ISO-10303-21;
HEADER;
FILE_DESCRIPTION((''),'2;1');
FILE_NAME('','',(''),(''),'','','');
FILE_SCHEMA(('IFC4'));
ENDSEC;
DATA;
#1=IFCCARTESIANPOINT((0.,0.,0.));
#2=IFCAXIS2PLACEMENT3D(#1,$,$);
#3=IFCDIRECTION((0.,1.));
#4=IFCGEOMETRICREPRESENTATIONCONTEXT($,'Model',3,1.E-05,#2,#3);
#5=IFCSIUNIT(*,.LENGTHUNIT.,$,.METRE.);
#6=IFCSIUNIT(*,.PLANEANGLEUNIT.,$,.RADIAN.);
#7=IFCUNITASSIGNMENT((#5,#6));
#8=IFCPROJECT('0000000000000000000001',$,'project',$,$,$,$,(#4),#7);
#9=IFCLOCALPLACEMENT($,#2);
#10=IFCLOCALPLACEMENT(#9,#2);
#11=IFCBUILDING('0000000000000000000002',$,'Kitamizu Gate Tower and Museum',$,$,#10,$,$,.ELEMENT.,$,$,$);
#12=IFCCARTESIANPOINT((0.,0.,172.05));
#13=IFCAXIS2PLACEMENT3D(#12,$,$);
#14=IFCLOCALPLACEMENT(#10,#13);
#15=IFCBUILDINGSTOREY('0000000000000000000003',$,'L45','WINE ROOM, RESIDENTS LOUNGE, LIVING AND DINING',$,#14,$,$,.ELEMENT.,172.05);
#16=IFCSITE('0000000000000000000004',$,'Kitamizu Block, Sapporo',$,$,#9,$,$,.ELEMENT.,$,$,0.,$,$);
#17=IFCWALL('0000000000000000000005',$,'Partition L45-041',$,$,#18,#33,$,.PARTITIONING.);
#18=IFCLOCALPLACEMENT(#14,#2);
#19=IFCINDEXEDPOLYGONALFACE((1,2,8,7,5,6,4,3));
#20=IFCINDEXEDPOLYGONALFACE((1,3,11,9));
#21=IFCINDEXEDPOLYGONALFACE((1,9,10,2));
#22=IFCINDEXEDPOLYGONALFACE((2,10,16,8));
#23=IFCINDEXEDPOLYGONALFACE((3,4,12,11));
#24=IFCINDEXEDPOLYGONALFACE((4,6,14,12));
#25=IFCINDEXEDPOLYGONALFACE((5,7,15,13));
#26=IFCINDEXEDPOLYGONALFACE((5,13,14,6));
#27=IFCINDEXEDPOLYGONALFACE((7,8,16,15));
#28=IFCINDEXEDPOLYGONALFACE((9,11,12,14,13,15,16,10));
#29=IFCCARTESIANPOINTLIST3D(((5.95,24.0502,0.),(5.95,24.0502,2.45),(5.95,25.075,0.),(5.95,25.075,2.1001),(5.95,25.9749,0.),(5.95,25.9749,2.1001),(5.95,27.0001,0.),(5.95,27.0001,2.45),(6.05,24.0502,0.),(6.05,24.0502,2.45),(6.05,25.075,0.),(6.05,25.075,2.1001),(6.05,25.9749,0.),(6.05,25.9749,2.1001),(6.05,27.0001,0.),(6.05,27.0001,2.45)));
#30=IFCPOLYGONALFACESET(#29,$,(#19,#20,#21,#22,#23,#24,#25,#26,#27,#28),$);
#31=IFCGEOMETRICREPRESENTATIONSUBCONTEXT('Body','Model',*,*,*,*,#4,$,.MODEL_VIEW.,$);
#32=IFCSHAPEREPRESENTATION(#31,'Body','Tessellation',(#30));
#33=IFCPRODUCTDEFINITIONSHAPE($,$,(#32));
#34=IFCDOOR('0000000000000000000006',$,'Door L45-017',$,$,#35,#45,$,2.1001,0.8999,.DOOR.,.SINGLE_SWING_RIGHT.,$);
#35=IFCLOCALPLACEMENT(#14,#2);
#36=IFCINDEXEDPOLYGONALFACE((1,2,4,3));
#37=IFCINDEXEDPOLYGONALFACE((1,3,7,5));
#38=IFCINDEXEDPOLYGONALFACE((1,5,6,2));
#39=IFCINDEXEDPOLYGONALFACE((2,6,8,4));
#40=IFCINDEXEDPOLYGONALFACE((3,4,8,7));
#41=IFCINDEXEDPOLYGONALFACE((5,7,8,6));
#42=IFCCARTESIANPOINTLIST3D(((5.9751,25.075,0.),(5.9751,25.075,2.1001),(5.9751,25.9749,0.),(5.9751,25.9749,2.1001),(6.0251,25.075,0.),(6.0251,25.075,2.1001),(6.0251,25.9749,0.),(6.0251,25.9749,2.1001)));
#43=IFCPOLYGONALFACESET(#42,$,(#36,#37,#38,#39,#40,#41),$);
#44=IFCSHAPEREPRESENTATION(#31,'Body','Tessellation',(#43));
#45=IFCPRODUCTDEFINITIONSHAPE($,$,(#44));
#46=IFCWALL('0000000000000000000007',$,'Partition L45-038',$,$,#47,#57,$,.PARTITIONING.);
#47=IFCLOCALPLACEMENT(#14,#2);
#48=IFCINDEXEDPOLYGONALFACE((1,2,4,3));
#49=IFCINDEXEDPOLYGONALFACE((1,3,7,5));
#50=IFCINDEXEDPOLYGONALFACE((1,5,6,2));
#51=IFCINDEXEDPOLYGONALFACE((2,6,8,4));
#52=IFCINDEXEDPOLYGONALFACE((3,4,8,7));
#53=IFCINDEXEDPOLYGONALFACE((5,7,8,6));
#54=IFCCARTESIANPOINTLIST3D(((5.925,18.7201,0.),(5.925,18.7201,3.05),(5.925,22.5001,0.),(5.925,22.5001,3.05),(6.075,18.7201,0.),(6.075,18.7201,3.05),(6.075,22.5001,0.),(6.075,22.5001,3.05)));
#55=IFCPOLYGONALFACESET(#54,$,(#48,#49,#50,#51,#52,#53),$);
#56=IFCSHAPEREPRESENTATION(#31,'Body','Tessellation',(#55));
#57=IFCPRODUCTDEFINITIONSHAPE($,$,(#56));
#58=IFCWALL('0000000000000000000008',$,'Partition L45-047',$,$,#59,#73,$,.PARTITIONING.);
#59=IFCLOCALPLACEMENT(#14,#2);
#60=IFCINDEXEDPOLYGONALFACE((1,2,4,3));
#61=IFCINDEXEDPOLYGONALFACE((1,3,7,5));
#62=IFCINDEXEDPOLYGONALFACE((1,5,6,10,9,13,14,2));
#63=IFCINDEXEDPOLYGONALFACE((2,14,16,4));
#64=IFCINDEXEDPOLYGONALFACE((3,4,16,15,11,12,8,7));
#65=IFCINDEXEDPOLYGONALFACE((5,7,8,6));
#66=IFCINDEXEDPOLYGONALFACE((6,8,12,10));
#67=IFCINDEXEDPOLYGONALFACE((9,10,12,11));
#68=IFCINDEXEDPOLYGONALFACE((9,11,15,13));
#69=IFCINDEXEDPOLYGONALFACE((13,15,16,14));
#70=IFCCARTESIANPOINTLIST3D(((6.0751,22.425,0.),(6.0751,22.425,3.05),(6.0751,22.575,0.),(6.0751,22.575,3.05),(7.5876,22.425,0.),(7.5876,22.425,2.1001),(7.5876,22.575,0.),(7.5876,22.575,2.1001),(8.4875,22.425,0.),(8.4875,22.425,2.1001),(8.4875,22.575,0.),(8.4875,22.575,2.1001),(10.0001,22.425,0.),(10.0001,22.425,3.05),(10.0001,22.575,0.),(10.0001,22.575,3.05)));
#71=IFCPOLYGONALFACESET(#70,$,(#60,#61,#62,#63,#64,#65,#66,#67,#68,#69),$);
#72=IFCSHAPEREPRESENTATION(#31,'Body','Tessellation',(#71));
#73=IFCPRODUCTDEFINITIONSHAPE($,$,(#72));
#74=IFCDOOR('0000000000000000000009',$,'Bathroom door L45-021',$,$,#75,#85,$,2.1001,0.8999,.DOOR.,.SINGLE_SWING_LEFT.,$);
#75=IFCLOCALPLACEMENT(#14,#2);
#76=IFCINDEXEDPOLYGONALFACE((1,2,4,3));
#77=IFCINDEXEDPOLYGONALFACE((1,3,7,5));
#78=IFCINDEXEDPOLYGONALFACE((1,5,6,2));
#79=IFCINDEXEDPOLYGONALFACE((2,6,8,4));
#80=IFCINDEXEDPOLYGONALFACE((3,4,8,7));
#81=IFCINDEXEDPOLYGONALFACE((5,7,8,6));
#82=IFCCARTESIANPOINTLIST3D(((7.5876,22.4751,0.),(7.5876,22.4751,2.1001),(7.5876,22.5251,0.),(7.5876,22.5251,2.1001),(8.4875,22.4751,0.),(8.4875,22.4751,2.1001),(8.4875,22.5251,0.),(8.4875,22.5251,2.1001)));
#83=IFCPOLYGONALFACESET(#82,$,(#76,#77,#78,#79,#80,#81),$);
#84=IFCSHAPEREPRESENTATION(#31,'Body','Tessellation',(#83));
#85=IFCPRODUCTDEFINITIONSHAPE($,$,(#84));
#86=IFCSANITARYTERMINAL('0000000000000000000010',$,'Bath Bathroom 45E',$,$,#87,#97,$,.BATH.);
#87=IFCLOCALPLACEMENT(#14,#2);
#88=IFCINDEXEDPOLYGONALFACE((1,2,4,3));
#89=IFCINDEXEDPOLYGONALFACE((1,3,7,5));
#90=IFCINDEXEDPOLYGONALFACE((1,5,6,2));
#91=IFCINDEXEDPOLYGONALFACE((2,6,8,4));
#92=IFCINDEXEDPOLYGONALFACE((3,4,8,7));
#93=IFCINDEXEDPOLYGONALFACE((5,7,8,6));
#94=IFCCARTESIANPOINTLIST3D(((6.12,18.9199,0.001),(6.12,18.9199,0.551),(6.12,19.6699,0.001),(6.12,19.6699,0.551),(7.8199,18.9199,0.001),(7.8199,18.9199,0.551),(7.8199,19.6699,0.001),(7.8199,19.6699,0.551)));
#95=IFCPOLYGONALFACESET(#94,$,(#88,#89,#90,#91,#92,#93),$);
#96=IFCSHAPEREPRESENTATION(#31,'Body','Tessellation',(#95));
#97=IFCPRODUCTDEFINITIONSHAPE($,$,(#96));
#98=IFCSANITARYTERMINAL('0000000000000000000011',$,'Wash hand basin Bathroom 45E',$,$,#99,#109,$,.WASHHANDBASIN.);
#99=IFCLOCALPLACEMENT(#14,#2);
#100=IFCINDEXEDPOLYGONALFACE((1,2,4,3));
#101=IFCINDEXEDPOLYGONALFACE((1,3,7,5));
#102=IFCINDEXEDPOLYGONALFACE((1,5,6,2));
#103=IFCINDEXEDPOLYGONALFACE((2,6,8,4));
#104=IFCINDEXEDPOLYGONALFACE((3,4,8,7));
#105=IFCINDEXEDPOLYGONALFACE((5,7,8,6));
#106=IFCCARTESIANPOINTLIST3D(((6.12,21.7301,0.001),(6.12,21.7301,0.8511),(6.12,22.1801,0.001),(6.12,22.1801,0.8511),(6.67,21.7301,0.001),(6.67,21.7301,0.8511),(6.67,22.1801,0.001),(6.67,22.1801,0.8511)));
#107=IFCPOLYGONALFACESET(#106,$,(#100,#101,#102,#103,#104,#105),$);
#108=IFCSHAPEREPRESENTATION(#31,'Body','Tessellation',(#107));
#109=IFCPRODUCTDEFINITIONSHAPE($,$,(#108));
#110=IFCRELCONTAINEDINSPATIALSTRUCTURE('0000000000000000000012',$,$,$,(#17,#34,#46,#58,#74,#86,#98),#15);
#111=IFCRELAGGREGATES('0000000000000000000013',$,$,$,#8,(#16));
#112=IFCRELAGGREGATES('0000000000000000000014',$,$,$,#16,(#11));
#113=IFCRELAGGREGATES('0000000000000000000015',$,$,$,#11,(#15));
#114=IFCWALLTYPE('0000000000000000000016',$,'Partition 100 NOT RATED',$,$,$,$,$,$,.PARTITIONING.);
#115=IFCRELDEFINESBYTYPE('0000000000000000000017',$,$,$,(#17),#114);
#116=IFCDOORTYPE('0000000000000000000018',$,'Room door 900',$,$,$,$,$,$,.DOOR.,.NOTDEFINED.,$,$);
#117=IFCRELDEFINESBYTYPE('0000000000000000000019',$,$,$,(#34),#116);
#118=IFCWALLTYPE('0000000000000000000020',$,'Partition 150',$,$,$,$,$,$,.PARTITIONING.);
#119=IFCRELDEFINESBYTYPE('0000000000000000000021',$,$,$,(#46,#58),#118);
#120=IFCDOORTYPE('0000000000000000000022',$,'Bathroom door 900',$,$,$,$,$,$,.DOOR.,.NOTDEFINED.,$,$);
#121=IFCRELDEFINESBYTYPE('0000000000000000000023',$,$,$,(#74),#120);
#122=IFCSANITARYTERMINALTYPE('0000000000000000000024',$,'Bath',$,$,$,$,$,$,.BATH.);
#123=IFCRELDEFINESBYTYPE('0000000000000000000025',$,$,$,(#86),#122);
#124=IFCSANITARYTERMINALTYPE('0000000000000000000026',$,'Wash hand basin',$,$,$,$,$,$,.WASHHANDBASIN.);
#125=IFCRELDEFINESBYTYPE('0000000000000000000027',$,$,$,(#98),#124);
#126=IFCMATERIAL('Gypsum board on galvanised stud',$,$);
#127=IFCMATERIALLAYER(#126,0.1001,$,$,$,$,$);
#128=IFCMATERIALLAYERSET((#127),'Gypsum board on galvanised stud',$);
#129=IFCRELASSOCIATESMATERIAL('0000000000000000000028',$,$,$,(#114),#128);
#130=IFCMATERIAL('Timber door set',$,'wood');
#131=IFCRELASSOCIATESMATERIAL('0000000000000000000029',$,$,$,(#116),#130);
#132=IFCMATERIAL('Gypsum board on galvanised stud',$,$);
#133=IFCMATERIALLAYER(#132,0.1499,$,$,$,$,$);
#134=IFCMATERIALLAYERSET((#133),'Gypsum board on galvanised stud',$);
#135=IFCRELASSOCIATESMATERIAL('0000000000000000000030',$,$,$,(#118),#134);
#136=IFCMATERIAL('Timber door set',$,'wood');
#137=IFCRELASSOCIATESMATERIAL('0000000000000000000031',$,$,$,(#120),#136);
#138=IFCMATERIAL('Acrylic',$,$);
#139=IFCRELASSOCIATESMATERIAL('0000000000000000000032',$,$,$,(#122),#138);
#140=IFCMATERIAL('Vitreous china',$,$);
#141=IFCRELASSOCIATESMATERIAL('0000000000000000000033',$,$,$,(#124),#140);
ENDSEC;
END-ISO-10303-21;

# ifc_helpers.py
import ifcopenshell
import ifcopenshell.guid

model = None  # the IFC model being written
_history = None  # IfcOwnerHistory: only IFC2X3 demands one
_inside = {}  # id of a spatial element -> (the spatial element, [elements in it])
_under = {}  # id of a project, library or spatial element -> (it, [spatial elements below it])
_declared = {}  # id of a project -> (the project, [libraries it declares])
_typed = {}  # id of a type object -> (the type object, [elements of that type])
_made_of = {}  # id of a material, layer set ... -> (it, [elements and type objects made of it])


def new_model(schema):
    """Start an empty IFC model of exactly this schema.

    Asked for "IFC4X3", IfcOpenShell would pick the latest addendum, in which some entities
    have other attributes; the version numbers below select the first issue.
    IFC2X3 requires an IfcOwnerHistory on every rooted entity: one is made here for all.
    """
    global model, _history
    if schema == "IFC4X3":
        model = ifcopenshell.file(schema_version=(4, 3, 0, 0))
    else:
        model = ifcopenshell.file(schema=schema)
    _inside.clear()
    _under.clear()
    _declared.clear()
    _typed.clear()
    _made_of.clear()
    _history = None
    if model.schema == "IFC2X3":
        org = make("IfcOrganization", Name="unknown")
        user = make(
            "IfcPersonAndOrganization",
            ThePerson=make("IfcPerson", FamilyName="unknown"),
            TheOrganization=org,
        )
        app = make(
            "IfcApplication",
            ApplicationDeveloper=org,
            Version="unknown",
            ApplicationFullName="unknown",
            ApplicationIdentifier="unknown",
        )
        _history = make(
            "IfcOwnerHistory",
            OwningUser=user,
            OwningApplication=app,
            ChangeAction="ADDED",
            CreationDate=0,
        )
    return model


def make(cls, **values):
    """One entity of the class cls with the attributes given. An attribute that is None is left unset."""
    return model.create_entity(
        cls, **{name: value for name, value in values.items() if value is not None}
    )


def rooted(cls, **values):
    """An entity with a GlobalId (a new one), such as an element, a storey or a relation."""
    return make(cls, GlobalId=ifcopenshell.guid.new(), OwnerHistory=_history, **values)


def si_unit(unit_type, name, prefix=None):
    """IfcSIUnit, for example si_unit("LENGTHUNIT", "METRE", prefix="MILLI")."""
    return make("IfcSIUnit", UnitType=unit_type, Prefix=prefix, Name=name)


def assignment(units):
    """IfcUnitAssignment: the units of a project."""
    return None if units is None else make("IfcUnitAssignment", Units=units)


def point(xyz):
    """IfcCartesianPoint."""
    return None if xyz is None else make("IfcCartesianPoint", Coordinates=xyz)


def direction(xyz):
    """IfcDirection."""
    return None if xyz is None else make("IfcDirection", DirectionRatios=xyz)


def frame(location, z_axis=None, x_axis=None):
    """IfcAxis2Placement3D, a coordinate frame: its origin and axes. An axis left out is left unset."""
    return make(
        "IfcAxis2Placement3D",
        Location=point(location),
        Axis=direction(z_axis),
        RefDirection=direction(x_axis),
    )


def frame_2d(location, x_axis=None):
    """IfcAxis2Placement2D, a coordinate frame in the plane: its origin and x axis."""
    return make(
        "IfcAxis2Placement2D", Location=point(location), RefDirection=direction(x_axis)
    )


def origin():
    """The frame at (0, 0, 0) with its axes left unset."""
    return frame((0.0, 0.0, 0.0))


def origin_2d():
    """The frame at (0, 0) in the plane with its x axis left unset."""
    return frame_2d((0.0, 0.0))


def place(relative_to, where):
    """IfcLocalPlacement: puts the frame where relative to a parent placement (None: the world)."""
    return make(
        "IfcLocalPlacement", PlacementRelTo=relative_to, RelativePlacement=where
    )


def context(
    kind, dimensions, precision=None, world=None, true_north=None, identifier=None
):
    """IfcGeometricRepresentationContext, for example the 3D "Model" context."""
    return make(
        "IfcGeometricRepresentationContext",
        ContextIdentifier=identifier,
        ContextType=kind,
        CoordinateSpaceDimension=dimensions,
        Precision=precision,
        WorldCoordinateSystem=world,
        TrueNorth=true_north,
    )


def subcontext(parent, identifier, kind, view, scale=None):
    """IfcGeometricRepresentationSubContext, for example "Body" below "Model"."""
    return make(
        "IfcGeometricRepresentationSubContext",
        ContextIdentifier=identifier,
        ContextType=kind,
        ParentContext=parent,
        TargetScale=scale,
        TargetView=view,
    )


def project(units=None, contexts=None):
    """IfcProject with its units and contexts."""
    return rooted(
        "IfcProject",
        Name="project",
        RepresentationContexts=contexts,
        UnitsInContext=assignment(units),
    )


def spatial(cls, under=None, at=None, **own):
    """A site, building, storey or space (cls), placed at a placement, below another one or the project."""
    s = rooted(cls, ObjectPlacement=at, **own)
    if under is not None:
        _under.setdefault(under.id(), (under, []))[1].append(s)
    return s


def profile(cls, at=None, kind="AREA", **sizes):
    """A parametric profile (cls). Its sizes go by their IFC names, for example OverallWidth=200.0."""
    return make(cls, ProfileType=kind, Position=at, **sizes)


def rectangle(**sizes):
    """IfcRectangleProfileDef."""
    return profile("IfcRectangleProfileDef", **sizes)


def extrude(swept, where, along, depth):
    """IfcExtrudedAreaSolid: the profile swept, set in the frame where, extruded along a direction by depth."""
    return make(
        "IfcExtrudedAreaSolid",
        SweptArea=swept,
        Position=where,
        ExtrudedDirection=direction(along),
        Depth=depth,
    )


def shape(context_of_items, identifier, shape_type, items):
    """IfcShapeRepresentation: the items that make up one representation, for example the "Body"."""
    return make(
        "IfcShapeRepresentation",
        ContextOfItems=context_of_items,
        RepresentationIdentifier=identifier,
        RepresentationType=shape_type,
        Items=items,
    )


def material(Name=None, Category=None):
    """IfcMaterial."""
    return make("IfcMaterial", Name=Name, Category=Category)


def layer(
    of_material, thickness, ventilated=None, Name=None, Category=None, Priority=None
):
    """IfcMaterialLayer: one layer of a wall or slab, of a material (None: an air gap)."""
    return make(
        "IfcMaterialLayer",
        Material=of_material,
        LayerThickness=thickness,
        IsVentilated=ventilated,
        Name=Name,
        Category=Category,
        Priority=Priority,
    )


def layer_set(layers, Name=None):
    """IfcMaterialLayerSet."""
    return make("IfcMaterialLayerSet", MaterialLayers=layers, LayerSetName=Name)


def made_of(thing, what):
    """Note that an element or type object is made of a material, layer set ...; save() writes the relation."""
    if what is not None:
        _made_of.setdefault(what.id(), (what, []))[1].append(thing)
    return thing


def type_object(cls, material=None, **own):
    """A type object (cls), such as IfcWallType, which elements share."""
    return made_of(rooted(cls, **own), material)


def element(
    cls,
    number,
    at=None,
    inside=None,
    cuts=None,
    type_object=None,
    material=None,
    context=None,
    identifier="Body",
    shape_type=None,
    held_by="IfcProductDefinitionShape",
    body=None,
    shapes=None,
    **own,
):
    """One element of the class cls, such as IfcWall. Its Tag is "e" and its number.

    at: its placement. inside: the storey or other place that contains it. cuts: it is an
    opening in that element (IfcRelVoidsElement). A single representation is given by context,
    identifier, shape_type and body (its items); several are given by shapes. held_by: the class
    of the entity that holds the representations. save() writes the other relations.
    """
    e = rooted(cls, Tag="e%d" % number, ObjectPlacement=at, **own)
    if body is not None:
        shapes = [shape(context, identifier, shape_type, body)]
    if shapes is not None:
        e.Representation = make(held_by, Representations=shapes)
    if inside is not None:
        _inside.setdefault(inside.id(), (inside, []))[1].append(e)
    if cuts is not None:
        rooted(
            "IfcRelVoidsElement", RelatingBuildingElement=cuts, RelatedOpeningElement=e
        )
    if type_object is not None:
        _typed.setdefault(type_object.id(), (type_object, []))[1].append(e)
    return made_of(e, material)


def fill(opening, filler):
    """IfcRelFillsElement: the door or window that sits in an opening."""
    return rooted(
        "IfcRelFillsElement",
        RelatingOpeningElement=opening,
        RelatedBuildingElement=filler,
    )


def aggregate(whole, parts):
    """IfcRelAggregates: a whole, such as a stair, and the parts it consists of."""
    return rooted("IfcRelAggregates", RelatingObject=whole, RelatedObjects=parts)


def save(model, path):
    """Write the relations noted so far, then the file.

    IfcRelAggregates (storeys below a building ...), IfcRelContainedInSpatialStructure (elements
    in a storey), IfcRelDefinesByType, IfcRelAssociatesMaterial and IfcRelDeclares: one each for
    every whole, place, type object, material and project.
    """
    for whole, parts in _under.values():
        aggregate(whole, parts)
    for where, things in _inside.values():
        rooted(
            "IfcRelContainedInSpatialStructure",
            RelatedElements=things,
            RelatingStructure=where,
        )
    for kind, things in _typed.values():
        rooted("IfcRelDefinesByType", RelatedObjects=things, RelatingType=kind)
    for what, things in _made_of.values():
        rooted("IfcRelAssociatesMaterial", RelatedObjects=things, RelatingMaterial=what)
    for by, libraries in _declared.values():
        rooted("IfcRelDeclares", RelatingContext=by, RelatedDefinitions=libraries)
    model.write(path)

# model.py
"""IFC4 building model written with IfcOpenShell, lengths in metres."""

from ifc_helpers import new_model, si_unit, direction, frame, frame_2d, origin, origin_2d, place, context, subcontext, project, spatial, rectangle, extrude, material, layer, layer_set, type_object, element, fill, save


model = new_model("IFC4")

# Units and contexts
model_context = context("Model", 3, precision=1e-05, world=origin(), true_north=direction((0.0, 1.0)))
body_context = subcontext(model_context, "Body", "Model", "MODEL_VIEW")
ifc_project = project(units=[si_unit("LENGTHUNIT", "METRE"), si_unit("PLANEANGLEUNIT", "RADIAN")], contexts=[model_context])

# Site, building, storey
site_placement = place(None, origin())
site = spatial("IfcSite", under=ifc_project, at=site_placement, Name="Kitamizu Block, Sapporo", CompositionType="ELEMENT", RefElevation=0.0)
building_placement = place(site_placement, origin())
building = spatial("IfcBuilding", under=site, at=building_placement, Name="Kitamizu Gate Tower and Museum", CompositionType="ELEMENT")
storey_placement = place(building_placement, frame((0.0, 0.0, 172.05)))
storey = spatial("IfcBuildingStorey", under=building, at=storey_placement, Name="L45", Description="WINE ROOM, RESIDENTS LOUNGE, LIVING AND DINING", CompositionType="ELEMENT", Elevation=172.05)

# Shared definitions
ifc_material_1 = material(Name="Gypsum board on galvanised stud")
ifc_layer_1 = layer(ifc_material_1, 0.1001)
ifc_layer_set_1 = layer_set([ifc_layer_1], Name="Gypsum board on galvanised stud")
wall_type_1 = type_object("IfcWallType", Name="Partition 100 NOT RATED", PredefinedType="PARTITIONING", material=ifc_layer_set_1)

# Wall, opening, door
ifc_material_2 = material(Name="Timber door set", Category="wood")
door_type_1 = type_object("IfcDoorType", Name="Room door 900", OperationType="NOTDEFINED", PredefinedType="DOOR", material=ifc_material_2)
wall_1_placement = place(storey_placement, frame((6.0, 24.05, 0.0), z_axis=(0.0, 0.0, 1.0), x_axis=(0.0, 1.0, 0.0)))
wall_1 = element("IfcWall", 1, at=wall_1_placement, inside=storey, type_object=wall_type_1, Name="Partition L45-041", PredefinedType="PARTITIONING", context=body_context, shape_type="SweptSolid", body=[
    extrude(rectangle(XDim=2.95, YDim=0.1001, at=frame_2d((1.4751, 0.0))), origin(), (0.0, 0.0, 1.0), 2.45),
])
opening_1_placement = place(wall_1_placement, frame((1.0249, 0.0, 0.0)))
opening_1 = element("IfcOpeningElement", 2, at=opening_1_placement, cuts=wall_1, PredefinedType="OPENING", context=body_context, shape_type="SweptSolid", body=[
    extrude(rectangle(XDim=0.8999, YDim=2.1001, at=frame_2d((0.45, 1.05))), frame((0.0, 0.0601, 0.0), z_axis=(0.0, -1.0, 0.0), x_axis=(1.0, 0.0, 0.0)), (0.0, 0.0, 1.0), 0.1201),
])
door_1_placement = place(opening_1_placement, origin())
door_1 = element("IfcDoor", 3, at=door_1_placement, inside=storey, type_object=door_type_1, Name="Door L45-017", OperationType="SINGLE_SWING_RIGHT", OverallHeight=2.1001, OverallWidth=0.8999, PredefinedType="DOOR", context=body_context, shape_type="SweptSolid", body=[
    extrude(rectangle(XDim=0.8999, YDim=2.1001, at=frame_2d((0.45, 1.05))), frame((0.0, 0.0249, 0.0), z_axis=(0.0, -1.0, 0.0), x_axis=(1.0, 0.0, 0.0)), (0.0, 0.0, 1.0), 0.05),
])
fill(opening_1, door_1)

# Wall
ifc_material_3 = material(Name="Gypsum board on galvanised stud")
ifc_layer_2 = layer(ifc_material_3, 0.1499)
ifc_layer_set_2 = layer_set([ifc_layer_2], Name="Gypsum board on galvanised stud")
wall_type_2 = type_object("IfcWallType", Name="Partition 150", PredefinedType="PARTITIONING", material=ifc_layer_set_2)
wall_2_placement = place(storey_placement, frame((6.0, 18.72, 0.0), z_axis=(0.0, 0.0, 1.0), x_axis=(0.0, 1.0, 0.0)))
element("IfcWall", 4, at=wall_2_placement, inside=storey, type_object=wall_type_2, Name="Partition L45-038", PredefinedType="PARTITIONING", context=body_context, shape_type="SweptSolid", body=[
    extrude(rectangle(XDim=3.78, YDim=0.1499, at=frame_2d((1.8901, 0.0))), origin(), (0.0, 0.0, 1.0), 3.05),
])

# Wall, opening, door
wall_3_placement = place(storey_placement, frame((10.0, 22.5, 0.0), z_axis=(0.0, 0.0, 1.0), x_axis=(-1.0, 0.0, 0.0)))
wall_3 = element("IfcWall", 5, at=wall_3_placement, inside=storey, type_object=wall_type_2, Name="Partition L45-047", PredefinedType="PARTITIONING", context=body_context, shape_type="SweptSolid", body=[
    extrude(rectangle(XDim=3.925, YDim=0.1499, at=frame_2d((1.9624, 0.0))), origin(), (0.0, 0.0, 1.0), 3.05),
])
opening_2_placement = place(wall_3_placement, frame((1.5125, 0.0, 0.0)))
opening_2 = element("IfcOpeningElement", 6, at=opening_2_placement, cuts=wall_3, PredefinedType="OPENING", context=body_context, shape_type="SweptSolid", body=[
    extrude(rectangle(XDim=0.8999, YDim=2.1001, at=frame_2d((0.45, 1.05))), frame((0.0, 0.085, 0.0), z_axis=(0.0, -1.0, 0.0), x_axis=(1.0, 0.0, 0.0)), (0.0, 0.0, 1.0), 0.1699),
])
ifc_material_4 = material(Name="Timber door set", Category="wood")
door_type_2 = type_object("IfcDoorType", Name="Bathroom door 900", OperationType="NOTDEFINED", PredefinedType="DOOR", material=ifc_material_4)
door_2_placement = place(opening_2_placement, origin())
door_2 = element("IfcDoor", 7, at=door_2_placement, inside=storey, type_object=door_type_2, Name="Bathroom door L45-021", OperationType="SINGLE_SWING_LEFT", OverallHeight=2.1001, OverallWidth=0.8999, PredefinedType="DOOR", context=body_context, shape_type="SweptSolid", body=[
    extrude(rectangle(XDim=0.8999, YDim=2.1001, at=frame_2d((0.45, 1.05))), frame((0.0, 0.0249, 0.0), z_axis=(0.0, -1.0, 0.0), x_axis=(1.0, 0.0, 0.0)), (0.0, 0.0, 1.0), 0.05),
])
fill(opening_2, door_2)

# Sanitary terminals
ifc_material_5 = material(Name="Acrylic")
sanitary_terminal_type_1 = type_object("IfcSanitaryTerminalType", Name="Bath", PredefinedType="BATH", material=ifc_material_5)
sanitary_terminal_1_placement = place(storey_placement, frame((6.97, 19.2949, 0.001), z_axis=(0.0, 0.0, 1.0), x_axis=(1.0, 0.0, 0.0)))
element("IfcSanitaryTerminal", 8, at=sanitary_terminal_1_placement, inside=storey, type_object=sanitary_terminal_type_1, Name="Bath Bathroom 45E", PredefinedType="BATH", context=body_context, shape_type="SweptSolid", body=[
    extrude(rectangle(XDim=1.7, YDim=0.75, at=origin_2d()), origin(), (0.0, 0.0, 1.0), 0.55),
])
ifc_material_6 = material(Name="Vitreous china")
sanitary_terminal_type_2 = type_object("IfcSanitaryTerminalType", Name="Wash hand basin", PredefinedType="WASHHANDBASIN", material=ifc_material_6)
sanitary_terminal_2_placement = place(storey_placement, frame((6.395, 21.9551, 0.001), z_axis=(0.0, 0.0, 1.0), x_axis=(1.0, 0.0, 0.0)))
element("IfcSanitaryTerminal", 9, at=sanitary_terminal_2_placement, inside=storey, type_object=sanitary_terminal_type_2, Name="Wash hand basin Bathroom 45E", PredefinedType="WASHHANDBASIN", context=body_context, shape_type="SweptSolid", body=[
    extrude(rectangle(XDim=0.55, YDim=0.45, at=origin_2d()), origin(), (0.0, 0.0, 1.0), 0.8501),
])

save(model, "model.ifc")
